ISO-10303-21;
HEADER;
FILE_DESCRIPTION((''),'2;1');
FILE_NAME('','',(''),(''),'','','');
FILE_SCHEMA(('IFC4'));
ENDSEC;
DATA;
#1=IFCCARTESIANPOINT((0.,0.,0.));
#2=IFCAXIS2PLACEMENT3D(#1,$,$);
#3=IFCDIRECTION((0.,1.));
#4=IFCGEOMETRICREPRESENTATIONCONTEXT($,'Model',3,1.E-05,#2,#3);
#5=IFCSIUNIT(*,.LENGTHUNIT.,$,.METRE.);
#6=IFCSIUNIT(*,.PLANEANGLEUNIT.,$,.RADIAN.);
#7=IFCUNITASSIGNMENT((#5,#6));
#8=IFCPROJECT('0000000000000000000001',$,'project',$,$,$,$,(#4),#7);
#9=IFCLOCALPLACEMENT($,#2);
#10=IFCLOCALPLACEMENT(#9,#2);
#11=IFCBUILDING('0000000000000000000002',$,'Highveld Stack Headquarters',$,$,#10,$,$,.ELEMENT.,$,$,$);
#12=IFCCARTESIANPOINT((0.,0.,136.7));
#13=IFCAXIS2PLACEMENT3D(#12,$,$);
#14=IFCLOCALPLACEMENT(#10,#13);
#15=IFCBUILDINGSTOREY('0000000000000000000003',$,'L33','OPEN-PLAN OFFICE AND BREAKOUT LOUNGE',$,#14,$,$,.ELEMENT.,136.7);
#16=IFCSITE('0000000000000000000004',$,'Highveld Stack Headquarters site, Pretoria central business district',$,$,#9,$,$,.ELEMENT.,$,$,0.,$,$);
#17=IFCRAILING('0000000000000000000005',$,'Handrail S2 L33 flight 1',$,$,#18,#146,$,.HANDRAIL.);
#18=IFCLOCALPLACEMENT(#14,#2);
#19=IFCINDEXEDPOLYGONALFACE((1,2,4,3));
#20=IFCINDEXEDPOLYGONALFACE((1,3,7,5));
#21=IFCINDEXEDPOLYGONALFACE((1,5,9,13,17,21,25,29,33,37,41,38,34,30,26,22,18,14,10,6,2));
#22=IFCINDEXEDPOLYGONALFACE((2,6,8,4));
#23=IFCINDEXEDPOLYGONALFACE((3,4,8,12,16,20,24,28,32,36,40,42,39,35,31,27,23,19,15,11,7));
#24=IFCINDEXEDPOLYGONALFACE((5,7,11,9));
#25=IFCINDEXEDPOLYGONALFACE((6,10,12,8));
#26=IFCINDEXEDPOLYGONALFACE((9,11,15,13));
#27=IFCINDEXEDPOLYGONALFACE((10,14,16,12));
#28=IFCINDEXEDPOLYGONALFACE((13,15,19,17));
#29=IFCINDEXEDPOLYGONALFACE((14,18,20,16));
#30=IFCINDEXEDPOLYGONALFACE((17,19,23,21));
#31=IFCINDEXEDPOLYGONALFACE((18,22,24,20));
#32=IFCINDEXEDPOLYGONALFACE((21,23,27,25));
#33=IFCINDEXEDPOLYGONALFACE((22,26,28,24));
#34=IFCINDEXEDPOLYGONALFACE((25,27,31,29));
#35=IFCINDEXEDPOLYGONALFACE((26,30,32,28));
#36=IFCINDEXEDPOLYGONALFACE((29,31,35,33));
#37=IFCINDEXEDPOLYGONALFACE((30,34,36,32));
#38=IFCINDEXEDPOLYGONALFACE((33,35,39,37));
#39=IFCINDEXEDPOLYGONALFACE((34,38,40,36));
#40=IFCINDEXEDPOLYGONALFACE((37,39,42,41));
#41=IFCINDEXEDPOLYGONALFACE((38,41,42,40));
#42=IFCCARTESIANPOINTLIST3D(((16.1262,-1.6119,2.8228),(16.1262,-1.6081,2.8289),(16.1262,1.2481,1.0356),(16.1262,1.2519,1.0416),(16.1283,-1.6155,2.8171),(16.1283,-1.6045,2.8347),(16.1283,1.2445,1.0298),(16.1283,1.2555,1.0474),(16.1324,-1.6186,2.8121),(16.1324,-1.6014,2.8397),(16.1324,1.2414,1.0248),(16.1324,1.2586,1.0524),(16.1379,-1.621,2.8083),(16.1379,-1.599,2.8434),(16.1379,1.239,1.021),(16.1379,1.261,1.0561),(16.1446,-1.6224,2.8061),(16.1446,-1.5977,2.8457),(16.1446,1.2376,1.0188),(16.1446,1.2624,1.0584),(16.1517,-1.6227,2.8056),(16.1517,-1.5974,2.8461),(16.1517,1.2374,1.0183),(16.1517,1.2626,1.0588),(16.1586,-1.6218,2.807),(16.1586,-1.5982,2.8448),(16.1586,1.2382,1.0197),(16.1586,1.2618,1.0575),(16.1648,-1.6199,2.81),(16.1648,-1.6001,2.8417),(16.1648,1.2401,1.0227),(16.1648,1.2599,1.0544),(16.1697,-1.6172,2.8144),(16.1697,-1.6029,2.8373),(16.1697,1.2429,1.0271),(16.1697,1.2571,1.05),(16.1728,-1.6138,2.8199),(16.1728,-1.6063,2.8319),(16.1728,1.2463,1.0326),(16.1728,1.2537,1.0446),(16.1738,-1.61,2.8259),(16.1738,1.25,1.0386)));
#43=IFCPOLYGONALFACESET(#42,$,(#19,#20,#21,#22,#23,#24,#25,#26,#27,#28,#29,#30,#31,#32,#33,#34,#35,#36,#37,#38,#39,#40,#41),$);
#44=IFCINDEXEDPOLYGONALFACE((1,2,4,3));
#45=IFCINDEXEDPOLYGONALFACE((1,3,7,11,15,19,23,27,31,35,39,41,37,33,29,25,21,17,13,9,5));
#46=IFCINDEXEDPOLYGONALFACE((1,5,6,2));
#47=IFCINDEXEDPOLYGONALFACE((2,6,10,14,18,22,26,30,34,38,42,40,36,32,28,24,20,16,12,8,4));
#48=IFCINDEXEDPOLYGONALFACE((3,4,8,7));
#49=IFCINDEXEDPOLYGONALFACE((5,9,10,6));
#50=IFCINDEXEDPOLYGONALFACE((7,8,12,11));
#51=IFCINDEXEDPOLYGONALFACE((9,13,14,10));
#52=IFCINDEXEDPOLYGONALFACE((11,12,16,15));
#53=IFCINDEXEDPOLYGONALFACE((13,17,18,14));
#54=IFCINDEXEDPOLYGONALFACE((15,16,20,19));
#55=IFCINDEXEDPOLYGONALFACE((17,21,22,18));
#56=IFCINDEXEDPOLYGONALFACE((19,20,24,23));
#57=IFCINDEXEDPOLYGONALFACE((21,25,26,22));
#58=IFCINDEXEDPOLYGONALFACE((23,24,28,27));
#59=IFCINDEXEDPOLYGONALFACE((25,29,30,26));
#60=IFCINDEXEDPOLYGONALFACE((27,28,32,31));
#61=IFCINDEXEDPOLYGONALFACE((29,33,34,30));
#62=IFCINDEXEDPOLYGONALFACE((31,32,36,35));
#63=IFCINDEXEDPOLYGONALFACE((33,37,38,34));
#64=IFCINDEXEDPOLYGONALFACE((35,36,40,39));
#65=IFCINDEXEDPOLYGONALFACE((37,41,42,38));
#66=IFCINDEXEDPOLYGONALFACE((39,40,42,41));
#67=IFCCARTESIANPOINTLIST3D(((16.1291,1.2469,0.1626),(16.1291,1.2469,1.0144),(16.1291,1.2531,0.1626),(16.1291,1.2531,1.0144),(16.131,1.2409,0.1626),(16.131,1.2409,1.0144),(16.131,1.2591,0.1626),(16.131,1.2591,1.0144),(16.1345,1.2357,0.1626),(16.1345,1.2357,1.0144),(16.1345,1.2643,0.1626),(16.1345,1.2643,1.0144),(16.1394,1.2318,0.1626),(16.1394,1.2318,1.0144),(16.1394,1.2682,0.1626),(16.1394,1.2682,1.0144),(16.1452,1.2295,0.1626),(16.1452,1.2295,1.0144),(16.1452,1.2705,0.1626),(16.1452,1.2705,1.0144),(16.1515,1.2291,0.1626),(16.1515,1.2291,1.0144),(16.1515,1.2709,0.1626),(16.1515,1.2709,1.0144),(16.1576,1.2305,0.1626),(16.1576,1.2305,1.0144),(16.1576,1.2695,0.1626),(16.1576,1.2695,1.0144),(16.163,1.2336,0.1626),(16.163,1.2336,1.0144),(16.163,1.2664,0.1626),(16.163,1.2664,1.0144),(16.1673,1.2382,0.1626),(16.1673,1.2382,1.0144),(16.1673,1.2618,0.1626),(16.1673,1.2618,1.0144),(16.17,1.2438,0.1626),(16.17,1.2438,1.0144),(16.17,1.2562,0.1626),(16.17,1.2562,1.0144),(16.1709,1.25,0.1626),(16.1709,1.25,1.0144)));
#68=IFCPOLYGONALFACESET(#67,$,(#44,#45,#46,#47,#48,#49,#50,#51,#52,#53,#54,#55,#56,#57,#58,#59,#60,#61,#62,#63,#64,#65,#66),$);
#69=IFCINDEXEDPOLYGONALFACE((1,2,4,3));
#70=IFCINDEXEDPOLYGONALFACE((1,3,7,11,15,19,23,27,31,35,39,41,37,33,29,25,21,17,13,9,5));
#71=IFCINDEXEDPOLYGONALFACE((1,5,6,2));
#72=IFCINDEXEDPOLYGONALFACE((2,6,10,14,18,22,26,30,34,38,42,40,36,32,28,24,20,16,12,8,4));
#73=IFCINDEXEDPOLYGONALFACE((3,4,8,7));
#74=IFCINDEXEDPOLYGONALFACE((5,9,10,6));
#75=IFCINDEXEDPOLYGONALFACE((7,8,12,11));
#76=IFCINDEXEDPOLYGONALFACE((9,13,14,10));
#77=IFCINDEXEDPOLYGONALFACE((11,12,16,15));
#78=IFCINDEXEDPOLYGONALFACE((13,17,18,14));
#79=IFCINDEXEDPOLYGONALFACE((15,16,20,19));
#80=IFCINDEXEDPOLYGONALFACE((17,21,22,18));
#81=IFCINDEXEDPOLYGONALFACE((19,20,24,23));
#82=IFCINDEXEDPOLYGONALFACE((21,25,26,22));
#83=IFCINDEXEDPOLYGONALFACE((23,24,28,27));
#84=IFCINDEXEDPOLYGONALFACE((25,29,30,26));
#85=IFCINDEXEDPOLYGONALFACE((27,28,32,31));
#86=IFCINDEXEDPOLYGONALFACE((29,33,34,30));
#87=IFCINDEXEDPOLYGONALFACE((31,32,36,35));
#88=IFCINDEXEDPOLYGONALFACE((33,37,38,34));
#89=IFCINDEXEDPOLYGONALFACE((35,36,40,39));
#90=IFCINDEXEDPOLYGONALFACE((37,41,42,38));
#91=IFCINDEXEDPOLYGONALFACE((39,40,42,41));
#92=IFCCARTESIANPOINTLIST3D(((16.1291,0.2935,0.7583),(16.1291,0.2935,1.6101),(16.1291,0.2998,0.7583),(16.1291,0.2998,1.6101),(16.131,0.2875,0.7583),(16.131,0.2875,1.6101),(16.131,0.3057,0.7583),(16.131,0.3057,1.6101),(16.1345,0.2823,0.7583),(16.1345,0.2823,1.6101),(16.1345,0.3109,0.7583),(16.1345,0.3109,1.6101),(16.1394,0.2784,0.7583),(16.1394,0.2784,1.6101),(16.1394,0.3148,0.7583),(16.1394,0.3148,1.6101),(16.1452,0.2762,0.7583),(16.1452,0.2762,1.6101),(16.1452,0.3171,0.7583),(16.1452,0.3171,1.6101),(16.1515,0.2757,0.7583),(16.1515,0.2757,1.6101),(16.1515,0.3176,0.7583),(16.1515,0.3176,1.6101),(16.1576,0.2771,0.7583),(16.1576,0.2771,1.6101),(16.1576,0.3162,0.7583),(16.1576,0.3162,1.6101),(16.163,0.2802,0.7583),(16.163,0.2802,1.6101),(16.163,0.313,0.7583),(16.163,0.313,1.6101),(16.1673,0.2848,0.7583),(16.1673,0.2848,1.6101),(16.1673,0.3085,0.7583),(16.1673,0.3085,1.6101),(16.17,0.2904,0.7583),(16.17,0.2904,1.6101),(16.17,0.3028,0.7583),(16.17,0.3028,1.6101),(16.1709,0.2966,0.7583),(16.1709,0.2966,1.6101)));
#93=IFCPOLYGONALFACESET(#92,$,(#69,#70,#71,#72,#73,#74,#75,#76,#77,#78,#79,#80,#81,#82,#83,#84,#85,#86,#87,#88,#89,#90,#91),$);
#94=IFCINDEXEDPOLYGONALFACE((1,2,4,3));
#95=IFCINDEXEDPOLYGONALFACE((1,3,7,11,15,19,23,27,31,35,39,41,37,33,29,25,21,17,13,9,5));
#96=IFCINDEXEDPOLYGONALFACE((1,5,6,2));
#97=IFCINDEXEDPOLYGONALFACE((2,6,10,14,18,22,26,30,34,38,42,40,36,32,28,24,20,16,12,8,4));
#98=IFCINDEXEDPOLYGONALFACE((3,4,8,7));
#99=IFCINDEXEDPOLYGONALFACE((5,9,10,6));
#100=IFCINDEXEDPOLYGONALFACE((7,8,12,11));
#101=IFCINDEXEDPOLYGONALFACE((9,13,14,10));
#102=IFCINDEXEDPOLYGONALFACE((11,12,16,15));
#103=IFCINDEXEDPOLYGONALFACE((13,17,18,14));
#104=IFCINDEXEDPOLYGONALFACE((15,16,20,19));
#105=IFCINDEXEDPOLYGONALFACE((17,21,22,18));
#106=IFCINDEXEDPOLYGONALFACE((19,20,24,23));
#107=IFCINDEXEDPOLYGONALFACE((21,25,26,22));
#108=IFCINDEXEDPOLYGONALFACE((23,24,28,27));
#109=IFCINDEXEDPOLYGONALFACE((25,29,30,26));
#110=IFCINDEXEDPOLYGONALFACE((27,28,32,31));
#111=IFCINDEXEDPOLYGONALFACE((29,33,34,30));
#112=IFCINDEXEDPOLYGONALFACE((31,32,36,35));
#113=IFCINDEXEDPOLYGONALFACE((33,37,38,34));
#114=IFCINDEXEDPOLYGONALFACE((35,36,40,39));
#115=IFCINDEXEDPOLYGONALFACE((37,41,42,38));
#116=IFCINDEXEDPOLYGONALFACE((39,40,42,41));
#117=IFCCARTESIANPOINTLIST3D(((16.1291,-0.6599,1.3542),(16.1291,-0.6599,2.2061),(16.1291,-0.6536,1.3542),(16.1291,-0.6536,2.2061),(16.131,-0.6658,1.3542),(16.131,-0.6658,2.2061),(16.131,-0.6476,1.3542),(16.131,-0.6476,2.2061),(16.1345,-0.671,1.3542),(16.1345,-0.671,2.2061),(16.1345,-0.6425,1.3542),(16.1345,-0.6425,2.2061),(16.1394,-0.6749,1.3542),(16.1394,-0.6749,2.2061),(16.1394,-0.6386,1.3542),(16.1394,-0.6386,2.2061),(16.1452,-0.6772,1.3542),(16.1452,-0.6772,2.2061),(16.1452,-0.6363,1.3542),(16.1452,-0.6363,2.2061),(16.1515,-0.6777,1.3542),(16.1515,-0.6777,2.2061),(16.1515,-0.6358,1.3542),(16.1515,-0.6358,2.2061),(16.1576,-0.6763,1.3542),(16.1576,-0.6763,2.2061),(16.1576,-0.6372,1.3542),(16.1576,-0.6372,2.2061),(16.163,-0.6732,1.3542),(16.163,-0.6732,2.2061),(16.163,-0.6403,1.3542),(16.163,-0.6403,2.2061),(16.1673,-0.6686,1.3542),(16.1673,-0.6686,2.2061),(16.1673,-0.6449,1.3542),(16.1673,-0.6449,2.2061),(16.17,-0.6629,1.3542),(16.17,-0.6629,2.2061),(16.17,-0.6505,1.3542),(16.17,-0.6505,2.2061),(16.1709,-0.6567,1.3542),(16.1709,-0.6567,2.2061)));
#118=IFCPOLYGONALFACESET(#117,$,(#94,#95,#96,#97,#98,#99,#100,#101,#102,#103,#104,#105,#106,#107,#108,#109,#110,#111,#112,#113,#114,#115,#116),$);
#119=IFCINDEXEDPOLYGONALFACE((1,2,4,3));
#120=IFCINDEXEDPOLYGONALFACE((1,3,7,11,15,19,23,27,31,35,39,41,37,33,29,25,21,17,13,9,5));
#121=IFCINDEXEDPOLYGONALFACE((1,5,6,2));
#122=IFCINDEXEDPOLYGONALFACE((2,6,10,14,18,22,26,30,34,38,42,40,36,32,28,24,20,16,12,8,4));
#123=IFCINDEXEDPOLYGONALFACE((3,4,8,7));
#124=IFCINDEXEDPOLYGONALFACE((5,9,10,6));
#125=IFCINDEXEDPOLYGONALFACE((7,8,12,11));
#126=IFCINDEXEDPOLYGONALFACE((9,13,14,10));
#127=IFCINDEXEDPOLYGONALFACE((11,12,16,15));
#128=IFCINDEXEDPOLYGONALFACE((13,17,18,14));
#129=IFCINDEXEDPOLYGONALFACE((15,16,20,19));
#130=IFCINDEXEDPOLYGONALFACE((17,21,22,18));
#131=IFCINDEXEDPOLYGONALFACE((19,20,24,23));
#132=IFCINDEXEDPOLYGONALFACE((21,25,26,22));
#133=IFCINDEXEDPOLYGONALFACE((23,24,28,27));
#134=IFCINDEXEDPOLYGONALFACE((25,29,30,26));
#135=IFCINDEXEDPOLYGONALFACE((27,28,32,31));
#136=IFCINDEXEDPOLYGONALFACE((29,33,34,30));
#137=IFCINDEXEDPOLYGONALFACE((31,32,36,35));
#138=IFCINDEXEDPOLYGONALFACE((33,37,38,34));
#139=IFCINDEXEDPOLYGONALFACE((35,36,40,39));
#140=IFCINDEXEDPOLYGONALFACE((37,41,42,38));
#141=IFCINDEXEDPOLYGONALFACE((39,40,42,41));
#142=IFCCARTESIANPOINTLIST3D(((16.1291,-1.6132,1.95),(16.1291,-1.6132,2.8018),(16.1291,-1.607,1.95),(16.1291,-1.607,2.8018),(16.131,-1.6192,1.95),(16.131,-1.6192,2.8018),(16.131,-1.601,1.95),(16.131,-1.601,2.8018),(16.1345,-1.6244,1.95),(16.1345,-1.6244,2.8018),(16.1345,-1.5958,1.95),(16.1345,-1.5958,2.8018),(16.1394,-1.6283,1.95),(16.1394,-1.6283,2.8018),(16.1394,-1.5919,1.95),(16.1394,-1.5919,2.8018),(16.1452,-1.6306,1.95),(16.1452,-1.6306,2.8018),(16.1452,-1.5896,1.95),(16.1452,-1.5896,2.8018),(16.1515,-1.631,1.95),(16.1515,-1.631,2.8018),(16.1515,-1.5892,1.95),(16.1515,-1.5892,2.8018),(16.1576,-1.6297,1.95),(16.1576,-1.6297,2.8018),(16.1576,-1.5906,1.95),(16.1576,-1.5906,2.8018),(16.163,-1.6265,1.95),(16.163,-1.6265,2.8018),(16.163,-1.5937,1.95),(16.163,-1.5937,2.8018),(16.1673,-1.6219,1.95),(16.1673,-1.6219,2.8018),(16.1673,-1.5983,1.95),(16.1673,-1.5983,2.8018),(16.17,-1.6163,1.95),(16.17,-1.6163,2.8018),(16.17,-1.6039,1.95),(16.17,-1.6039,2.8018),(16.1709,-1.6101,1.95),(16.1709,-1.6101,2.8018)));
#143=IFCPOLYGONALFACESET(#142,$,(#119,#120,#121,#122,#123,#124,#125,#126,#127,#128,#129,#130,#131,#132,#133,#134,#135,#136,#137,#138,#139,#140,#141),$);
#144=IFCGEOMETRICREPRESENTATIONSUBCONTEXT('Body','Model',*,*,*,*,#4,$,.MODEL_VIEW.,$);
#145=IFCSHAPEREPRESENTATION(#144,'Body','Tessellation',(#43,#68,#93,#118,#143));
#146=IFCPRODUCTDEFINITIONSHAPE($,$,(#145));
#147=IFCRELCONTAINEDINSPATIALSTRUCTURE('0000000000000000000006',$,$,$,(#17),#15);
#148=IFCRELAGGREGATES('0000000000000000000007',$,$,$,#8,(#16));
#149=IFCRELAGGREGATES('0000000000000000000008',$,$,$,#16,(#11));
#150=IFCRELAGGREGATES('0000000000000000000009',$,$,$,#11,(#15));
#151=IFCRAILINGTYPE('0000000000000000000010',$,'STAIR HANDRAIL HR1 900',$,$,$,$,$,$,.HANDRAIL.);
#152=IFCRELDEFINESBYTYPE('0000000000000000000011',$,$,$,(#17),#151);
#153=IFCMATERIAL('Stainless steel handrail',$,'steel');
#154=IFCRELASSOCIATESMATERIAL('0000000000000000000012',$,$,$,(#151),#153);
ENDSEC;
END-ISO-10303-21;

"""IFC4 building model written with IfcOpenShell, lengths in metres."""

from ifc_helpers import new_model, si_unit, direction, frame, origin, origin_2d, place, context, subcontext, project, spatial, circle, extrude, material, type_object, element, save


model = new_model("IFC4")

# Units and contexts
model_context = context("Model", 3, precision=1e-05, world=origin(), true_north=direction((0.0, 1.0)))
body_context = subcontext(model_context, "Body", "Model", "MODEL_VIEW")
ifc_project = project(units=[si_unit("LENGTHUNIT", "METRE"), si_unit("PLANEANGLEUNIT", "RADIAN")], contexts=[model_context])

# Site, building, storey
site_placement = place(None, origin())
site = spatial("IfcSite", under=ifc_project, at=site_placement, Name="Highveld Stack Headquarters site, Pretoria central business district", CompositionType="ELEMENT", RefElevation=0.0)
building_placement = place(site_placement, origin())
building = spatial("IfcBuilding", under=site, at=building_placement, Name="Highveld Stack Headquarters", CompositionType="ELEMENT")
storey_placement = place(building_placement, frame((0.0, 0.0, 136.7)))
storey = spatial("IfcBuildingStorey", under=building, at=storey_placement, Name="L33", Description="OPEN-PLAN OFFICE AND BREAKOUT LOUNGE", CompositionType="ELEMENT", Elevation=136.7)

# Railing
ifc_material_1 = material(Name="Stainless steel handrail", Category="steel")
railing_type = type_object("IfcRailingType", Name="STAIR HANDRAIL HR1 900", PredefinedType="HANDRAIL", material=ifc_material_1)
for number, where, name in (
    (1, (16.1499, 1.25, 0.1626), "Handrail S2 L33 flight 1"),
):
    element("IfcRailing", number, at=place(storey_placement, frame(where)), inside=storey, type_object=railing_type, Name=name, PredefinedType="HANDRAIL", context=body_context, shape_type="SweptSolid", body=[
        extrude(circle(Radius=0.0239, at=origin_2d()), frame((0.0, 0.0, 0.876), z_axis=(0.0, -0.848027, 0.529953), x_axis=(1.0, 0.0, 0.0)), (0.0, 0.0, 1.0), 3.3726),
        extrude(circle(Radius=0.021, at=origin_2d()), origin(), (0.0, 0.0, 1.0), 0.8518),
        extrude(circle(Radius=0.021, at=origin_2d()), frame((0.0, -0.9534, 0.5957)), (0.0, 0.0, 1.0), 0.8518),
        extrude(circle(Radius=0.021, at=origin_2d()), frame((0.0, -1.9067, 1.1917)), (0.0, 0.0, 1.0), 0.8518),
        extrude(circle(Radius=0.021, at=origin_2d()), frame((0.0, -2.8601, 1.7874)), (0.0, 0.0, 1.0), 0.8518),
    ])

save(model, "model.ifc")
